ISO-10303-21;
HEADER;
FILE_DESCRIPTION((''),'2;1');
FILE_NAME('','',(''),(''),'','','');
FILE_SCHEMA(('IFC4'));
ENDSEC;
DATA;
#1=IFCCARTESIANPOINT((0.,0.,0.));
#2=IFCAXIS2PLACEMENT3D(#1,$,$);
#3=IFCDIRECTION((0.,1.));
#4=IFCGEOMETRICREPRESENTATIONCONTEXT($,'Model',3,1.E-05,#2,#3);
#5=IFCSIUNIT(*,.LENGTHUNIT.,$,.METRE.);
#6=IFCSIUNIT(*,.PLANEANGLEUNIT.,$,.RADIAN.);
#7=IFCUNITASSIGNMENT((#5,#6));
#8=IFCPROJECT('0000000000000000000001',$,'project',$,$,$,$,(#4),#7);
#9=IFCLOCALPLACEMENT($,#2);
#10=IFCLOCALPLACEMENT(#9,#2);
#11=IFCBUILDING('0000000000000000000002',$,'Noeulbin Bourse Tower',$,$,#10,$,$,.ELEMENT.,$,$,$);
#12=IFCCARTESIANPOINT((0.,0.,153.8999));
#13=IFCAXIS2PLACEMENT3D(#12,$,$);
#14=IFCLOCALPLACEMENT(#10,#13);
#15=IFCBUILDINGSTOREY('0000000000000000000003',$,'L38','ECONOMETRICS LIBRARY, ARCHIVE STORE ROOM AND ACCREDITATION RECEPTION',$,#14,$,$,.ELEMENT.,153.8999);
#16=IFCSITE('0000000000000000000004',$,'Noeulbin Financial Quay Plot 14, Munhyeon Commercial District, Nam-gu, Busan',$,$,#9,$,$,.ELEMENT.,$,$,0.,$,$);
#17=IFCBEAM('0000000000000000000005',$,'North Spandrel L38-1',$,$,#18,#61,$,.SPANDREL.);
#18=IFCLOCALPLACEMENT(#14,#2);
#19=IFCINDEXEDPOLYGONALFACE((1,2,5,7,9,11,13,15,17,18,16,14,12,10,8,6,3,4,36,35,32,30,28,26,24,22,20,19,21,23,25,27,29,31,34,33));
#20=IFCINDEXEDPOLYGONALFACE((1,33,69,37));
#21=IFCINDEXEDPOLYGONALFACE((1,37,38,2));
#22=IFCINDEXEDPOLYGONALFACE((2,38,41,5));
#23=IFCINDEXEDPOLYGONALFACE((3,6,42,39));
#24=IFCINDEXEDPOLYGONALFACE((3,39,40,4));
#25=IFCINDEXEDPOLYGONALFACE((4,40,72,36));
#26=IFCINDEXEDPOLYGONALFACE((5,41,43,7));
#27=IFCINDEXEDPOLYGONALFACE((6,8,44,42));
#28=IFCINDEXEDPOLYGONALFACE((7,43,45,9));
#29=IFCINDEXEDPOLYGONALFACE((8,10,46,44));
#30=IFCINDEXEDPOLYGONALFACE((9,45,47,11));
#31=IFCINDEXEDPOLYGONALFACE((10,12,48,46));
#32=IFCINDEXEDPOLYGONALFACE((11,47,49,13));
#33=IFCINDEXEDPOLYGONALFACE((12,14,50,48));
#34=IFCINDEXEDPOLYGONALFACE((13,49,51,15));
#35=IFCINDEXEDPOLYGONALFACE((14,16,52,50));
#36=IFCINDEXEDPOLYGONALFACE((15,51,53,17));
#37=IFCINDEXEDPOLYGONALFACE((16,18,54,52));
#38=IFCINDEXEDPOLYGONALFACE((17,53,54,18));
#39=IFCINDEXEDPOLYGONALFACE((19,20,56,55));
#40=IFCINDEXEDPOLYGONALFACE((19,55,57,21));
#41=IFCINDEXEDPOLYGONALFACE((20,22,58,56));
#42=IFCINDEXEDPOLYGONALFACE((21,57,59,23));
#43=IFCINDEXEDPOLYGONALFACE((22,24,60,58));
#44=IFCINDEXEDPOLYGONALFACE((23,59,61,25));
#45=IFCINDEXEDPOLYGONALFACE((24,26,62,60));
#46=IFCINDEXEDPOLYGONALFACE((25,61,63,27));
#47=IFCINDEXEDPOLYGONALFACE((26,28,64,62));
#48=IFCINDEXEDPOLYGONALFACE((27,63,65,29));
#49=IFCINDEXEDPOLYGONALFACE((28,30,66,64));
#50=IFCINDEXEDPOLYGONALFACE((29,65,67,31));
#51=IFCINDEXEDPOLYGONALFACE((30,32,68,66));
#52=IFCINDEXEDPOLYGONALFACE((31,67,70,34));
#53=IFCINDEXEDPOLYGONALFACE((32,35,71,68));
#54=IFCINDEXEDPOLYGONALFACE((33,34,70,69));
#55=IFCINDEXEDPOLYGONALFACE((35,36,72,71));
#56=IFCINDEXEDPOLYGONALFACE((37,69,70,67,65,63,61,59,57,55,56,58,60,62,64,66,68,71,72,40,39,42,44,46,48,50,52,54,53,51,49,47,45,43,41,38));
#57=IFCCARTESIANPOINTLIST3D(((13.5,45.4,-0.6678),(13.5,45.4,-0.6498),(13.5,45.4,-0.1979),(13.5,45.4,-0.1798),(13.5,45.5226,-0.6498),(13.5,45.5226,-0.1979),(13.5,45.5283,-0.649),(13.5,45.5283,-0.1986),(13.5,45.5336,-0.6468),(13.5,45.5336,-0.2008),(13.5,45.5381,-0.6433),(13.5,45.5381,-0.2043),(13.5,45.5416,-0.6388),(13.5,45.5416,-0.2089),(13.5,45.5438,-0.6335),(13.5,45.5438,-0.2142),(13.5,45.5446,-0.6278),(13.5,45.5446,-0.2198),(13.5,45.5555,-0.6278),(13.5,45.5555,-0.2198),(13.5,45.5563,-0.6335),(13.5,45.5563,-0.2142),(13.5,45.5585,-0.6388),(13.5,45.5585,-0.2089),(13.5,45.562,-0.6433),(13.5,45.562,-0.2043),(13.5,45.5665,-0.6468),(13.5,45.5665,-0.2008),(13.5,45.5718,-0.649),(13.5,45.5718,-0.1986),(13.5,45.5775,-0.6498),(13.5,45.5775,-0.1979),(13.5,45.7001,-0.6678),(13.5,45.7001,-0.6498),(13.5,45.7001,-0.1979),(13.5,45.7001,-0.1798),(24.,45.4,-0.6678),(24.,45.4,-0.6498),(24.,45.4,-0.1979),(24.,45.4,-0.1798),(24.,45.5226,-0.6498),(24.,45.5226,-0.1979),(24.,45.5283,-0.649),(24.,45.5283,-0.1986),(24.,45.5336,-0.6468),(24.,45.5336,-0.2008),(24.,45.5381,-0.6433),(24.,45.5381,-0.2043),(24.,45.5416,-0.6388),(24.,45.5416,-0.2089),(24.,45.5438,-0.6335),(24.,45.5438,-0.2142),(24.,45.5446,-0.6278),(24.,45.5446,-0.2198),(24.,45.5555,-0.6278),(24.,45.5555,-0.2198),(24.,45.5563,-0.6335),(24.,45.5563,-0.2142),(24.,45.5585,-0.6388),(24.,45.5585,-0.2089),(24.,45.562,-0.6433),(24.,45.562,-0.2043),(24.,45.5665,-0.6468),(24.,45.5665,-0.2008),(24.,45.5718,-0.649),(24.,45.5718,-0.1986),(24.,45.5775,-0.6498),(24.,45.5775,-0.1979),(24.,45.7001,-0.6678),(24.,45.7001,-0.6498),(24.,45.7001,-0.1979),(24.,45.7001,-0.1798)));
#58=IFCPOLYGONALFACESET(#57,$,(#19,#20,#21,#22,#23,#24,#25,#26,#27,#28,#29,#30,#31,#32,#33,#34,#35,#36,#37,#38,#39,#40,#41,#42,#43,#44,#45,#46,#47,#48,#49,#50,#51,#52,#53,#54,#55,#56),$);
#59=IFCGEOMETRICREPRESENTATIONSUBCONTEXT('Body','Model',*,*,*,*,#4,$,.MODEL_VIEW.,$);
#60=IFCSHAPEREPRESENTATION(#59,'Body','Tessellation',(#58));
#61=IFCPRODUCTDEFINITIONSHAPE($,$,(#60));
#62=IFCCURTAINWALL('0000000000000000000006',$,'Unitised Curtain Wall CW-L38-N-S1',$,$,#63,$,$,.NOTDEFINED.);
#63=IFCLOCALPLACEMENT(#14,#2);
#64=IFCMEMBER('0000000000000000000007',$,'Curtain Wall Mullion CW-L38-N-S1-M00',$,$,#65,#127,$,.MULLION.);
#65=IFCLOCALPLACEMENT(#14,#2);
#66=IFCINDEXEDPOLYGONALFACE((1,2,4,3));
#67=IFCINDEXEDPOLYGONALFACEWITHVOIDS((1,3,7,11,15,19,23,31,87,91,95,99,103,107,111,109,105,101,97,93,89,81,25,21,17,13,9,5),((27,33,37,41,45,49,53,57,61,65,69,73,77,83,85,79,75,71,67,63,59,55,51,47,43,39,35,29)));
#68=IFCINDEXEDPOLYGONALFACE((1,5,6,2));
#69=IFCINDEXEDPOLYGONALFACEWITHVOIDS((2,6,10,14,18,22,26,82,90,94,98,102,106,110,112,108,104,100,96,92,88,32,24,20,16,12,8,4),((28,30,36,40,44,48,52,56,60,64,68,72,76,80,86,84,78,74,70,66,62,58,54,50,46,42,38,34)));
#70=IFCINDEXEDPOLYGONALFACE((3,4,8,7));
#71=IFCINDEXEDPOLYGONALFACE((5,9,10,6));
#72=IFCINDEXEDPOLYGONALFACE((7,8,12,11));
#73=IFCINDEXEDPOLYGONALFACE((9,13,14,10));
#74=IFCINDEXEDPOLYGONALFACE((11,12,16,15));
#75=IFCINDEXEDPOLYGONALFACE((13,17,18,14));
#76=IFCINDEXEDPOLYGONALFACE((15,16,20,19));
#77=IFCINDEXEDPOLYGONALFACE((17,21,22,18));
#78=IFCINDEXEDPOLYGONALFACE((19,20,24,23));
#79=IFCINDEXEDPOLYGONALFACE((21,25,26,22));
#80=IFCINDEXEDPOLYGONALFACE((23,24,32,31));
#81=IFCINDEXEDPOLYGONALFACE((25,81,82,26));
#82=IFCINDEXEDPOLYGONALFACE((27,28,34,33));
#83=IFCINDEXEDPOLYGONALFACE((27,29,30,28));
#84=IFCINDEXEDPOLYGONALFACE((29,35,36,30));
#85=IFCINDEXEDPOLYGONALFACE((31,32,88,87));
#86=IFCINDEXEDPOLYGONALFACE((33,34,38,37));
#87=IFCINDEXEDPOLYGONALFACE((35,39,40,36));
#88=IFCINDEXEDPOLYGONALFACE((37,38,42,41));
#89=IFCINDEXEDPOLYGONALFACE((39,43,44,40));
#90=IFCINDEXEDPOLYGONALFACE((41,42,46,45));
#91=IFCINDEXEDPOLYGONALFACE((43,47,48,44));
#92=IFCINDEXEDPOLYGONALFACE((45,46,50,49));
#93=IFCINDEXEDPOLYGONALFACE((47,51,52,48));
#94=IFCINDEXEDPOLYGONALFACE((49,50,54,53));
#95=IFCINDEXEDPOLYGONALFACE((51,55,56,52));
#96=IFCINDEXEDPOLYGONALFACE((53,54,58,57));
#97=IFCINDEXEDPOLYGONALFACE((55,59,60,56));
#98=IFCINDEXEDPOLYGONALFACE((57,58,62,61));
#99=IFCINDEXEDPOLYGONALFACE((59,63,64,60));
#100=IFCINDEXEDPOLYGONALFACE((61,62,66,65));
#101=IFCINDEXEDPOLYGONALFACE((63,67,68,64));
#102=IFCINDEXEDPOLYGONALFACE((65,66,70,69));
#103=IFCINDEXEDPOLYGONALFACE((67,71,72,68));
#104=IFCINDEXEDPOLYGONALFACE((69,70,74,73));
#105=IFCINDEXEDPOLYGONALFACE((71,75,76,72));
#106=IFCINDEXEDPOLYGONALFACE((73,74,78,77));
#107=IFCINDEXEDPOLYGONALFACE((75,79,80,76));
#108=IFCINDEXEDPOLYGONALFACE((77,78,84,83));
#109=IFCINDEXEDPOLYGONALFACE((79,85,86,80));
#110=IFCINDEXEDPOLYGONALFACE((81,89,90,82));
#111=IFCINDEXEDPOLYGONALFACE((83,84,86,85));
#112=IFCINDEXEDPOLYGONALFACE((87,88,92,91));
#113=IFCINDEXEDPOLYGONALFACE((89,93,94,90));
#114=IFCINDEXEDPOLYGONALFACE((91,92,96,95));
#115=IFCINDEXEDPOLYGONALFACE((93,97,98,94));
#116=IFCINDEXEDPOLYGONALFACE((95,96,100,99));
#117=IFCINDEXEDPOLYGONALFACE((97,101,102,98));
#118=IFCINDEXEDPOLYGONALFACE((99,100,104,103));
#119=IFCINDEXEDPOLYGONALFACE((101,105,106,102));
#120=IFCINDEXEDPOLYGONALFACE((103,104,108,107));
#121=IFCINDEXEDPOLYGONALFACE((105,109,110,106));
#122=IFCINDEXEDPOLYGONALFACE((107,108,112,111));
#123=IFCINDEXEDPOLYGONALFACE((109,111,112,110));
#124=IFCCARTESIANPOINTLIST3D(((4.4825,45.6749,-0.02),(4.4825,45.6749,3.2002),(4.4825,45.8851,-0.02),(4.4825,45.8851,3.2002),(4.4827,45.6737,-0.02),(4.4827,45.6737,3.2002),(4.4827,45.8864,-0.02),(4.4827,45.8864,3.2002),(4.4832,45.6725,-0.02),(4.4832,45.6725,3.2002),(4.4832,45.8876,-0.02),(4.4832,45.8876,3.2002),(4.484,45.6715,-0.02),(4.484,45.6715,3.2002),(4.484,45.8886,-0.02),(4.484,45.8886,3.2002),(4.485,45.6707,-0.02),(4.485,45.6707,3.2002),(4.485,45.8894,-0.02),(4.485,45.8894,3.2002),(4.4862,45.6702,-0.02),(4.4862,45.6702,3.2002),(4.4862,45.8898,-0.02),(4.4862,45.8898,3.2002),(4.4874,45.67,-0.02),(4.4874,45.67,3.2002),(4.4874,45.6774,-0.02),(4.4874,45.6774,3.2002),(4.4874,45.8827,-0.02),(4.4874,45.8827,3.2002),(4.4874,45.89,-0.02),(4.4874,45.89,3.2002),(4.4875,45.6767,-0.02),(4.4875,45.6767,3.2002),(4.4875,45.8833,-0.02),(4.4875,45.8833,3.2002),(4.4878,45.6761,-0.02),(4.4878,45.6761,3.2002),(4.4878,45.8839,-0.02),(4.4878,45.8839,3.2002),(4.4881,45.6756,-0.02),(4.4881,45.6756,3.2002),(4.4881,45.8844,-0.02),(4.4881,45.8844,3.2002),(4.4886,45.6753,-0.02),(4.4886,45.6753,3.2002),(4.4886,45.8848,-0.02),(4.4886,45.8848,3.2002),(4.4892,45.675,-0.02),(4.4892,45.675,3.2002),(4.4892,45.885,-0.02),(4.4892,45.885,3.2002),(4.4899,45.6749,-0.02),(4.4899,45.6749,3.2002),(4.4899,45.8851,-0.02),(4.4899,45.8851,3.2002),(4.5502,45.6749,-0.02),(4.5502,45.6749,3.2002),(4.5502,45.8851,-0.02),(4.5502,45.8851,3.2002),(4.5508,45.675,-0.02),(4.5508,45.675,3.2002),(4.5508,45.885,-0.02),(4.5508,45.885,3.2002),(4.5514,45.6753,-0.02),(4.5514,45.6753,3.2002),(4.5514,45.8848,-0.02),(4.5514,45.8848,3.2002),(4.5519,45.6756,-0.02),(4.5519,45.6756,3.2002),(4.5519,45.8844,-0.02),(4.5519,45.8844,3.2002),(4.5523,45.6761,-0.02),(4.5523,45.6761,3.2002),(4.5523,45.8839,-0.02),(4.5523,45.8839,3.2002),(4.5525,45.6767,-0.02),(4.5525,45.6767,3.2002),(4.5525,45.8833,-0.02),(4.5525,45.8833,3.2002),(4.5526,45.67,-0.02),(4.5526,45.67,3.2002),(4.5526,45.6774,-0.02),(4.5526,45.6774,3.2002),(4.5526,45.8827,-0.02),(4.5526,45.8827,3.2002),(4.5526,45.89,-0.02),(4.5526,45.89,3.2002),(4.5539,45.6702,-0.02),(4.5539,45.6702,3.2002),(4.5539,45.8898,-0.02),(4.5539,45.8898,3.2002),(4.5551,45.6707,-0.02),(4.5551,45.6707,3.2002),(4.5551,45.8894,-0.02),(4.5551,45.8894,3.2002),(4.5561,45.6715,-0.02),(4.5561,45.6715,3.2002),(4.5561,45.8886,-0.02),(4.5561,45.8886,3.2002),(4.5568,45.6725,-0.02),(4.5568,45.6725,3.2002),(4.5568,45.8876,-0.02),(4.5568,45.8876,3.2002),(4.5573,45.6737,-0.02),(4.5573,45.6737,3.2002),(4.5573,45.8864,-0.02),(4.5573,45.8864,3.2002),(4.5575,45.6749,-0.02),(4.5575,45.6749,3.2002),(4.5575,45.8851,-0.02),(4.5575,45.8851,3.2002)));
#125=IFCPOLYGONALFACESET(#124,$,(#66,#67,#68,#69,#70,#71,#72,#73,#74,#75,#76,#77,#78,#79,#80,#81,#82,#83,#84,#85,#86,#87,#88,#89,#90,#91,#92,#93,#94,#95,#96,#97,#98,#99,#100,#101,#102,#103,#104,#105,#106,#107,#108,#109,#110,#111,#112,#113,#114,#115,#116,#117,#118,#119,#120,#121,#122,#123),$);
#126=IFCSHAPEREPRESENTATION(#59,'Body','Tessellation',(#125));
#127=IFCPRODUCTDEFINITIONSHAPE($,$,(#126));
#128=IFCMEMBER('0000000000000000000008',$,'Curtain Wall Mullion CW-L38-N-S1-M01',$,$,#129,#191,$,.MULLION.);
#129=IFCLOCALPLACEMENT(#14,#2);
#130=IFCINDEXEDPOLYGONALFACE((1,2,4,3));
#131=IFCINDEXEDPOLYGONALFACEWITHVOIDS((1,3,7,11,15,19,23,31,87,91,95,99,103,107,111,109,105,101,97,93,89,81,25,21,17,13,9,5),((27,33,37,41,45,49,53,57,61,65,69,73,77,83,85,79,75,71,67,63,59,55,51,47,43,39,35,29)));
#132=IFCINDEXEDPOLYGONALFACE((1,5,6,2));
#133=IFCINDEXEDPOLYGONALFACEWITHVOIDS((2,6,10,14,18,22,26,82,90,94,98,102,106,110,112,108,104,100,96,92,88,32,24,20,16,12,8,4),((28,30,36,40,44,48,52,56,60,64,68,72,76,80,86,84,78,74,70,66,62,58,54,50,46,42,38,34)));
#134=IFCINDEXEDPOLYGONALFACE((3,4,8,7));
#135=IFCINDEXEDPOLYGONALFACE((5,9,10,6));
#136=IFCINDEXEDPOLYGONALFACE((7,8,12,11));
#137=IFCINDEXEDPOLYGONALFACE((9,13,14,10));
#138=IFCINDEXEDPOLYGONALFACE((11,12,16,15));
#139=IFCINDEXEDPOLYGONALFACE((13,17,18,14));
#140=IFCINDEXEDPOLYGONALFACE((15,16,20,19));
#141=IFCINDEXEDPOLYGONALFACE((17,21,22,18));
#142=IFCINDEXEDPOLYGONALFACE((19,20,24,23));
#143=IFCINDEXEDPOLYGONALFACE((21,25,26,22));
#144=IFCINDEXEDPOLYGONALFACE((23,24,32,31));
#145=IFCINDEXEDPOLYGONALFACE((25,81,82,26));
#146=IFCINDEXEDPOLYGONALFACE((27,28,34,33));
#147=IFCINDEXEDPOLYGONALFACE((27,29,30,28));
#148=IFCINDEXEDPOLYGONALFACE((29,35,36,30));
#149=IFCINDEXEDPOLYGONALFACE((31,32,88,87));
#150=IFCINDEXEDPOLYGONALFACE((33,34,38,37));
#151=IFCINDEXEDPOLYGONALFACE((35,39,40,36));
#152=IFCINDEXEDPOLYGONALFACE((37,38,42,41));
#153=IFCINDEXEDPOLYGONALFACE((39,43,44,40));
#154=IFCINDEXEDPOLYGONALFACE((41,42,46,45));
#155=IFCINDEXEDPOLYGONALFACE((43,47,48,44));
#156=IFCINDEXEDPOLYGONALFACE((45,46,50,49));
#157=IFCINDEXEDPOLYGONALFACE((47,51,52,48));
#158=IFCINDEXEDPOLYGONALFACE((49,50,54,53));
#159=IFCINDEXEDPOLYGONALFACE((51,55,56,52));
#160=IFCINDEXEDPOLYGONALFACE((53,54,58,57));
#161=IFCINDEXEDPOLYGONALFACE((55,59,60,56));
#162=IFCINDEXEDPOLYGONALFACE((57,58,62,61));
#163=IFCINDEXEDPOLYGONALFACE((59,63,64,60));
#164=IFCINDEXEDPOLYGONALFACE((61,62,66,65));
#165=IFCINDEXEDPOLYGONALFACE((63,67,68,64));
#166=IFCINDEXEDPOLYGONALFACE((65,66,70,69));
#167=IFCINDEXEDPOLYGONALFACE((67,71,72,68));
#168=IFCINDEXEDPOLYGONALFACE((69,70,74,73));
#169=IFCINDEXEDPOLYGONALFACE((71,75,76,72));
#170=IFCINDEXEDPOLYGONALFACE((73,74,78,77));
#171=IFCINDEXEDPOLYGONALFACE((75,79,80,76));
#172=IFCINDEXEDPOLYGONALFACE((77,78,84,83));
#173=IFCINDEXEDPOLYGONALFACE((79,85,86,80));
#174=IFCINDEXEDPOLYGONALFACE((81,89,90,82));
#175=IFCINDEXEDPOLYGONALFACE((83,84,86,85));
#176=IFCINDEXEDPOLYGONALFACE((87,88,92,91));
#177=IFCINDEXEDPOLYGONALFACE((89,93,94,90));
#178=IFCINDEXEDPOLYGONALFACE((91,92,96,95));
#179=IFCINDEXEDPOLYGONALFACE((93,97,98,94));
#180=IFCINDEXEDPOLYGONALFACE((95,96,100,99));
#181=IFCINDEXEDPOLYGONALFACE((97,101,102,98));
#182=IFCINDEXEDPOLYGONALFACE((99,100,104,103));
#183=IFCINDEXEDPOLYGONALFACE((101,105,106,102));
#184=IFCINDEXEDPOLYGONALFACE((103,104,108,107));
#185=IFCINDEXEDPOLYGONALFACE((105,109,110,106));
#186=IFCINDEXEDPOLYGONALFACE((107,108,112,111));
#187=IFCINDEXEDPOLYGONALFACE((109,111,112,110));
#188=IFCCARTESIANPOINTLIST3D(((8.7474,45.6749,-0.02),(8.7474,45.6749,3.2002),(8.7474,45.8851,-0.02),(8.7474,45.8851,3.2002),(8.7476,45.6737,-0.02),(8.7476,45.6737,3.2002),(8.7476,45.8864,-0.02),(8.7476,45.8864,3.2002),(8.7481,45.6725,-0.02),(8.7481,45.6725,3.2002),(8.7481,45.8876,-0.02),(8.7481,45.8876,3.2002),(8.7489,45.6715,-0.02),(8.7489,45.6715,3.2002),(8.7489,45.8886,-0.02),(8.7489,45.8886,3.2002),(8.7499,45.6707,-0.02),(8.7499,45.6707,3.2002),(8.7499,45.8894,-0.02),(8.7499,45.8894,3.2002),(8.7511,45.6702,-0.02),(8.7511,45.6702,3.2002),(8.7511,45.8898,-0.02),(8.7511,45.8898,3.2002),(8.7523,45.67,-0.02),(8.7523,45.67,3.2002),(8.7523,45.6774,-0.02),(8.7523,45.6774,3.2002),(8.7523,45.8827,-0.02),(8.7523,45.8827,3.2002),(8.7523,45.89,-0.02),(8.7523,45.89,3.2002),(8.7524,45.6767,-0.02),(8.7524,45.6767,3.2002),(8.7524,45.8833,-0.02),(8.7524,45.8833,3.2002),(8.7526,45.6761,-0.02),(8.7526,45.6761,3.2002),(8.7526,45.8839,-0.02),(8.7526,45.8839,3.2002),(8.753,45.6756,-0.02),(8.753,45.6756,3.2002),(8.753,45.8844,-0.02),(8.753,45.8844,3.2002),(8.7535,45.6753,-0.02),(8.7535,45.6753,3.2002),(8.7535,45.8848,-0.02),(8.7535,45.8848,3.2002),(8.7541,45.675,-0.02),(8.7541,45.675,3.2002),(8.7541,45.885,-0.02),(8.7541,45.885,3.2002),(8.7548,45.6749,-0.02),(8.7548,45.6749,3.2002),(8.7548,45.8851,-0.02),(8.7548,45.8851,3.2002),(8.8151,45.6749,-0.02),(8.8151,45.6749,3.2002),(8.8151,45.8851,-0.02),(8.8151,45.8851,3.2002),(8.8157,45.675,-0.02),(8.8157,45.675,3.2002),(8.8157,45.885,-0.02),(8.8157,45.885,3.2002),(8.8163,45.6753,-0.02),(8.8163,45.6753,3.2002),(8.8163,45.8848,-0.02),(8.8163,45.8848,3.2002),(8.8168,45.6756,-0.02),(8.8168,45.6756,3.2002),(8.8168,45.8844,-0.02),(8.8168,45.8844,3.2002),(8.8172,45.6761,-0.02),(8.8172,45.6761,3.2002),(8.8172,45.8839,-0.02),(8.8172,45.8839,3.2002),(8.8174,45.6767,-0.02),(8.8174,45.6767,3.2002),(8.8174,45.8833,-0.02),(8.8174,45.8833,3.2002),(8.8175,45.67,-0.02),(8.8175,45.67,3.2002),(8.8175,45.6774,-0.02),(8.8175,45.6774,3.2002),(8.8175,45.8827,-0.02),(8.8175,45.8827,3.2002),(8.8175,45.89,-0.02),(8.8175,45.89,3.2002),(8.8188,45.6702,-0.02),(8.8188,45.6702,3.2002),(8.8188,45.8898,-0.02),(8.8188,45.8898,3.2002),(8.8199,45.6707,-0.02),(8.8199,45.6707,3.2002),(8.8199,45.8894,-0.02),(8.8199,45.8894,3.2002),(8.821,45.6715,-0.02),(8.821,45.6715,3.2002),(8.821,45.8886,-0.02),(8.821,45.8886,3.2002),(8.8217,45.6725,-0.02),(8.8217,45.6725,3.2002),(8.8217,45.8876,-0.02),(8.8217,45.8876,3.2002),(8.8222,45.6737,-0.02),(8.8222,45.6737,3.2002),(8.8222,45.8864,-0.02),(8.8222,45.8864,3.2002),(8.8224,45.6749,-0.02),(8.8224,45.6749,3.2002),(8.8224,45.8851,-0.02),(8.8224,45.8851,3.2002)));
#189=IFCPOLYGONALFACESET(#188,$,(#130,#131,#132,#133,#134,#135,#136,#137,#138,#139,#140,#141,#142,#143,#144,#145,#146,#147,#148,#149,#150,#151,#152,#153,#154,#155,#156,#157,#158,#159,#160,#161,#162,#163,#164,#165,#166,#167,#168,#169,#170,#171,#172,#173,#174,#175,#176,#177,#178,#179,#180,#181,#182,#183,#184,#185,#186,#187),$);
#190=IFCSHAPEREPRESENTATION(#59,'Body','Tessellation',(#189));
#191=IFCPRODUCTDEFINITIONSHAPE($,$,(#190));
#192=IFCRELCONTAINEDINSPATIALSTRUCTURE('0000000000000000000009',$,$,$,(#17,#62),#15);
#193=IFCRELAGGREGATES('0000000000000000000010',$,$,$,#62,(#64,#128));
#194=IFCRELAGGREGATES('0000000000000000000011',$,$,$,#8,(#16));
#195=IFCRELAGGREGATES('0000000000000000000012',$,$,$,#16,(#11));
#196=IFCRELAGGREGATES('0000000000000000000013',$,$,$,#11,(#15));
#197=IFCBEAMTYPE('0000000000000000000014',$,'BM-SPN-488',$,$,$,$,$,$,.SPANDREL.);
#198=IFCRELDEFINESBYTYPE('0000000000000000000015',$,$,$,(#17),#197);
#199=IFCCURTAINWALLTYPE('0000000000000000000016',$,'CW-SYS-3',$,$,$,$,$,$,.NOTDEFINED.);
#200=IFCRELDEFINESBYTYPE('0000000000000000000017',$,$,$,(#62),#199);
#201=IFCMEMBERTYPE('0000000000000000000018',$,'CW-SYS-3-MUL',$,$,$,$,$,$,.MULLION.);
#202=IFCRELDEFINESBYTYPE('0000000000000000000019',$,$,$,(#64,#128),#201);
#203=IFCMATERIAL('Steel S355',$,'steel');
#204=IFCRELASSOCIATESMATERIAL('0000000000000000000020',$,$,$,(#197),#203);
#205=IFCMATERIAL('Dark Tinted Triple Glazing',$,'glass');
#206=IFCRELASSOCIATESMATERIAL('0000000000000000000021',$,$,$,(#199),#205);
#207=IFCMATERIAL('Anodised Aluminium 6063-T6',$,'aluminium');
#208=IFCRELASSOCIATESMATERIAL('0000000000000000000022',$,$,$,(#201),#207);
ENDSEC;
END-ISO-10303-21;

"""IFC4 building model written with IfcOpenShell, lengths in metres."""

from ifc_helpers import new_model, si_unit, direction, frame, origin, origin_2d, place, context, subcontext, project, spatial, hollow_rectangle, i_section, extrude, material, material_profile, profile_set, type_object, element, aggregate, save


model = new_model("IFC4")

# Units and contexts
model_context = context("Model", 3, precision=1e-05, world=origin(), true_north=direction((0.0, 1.0)))
body_context = subcontext(model_context, "Body", "Model", "MODEL_VIEW")
ifc_project = project(units=[si_unit("LENGTHUNIT", "METRE"), si_unit("PLANEANGLEUNIT", "RADIAN")], contexts=[model_context])

# Site, building, storey
site_placement = place(None, origin())
site = spatial("IfcSite", under=ifc_project, at=site_placement, Name="Noeulbin Financial Quay Plot 14, Munhyeon Commercial District, Nam-gu, Busan", CompositionType="ELEMENT", RefElevation=0.0)
building_placement = place(site_placement, origin())
building = spatial("IfcBuilding", under=site, at=building_placement, Name="Noeulbin Bourse Tower", CompositionType="ELEMENT")
storey_placement = place(building_placement, frame((0.0, 0.0, 153.8999)))
storey = spatial("IfcBuildingStorey", under=building, at=storey_placement, Name="L38", Description="ECONOMETRICS LIBRARY, ARCHIVE STORE ROOM AND ACCREDITATION RECEPTION", CompositionType="ELEMENT", Elevation=153.8999)

# Shared definitions
ifc_material_1 = material(Name="Steel S355", Category="steel")

# Beam
ifc_material_profile_1 = material_profile(ifc_material_1, i_section(OverallWidth=0.3, OverallDepth=0.488, WebThickness=0.011, FlangeThickness=0.0181, FilletRadius=0.022, at=origin_2d()), Name="H-488x300x11x18", Category="LoadBearing")
ifc_profile_set_1 = profile_set([ifc_material_profile_1], Name="Steel S355")
beam_type_1 = type_object("IfcBeamType", Name="BM-SPN-488", PredefinedType="SPANDREL", material=ifc_profile_set_1)
beam_1_placement = place(storey_placement, frame((13.5, 45.55, -0.4238), z_axis=(1.0, 0.0, 0.0), x_axis=(0.0, 1.0, 0.0)))
element("IfcBeam", 1, at=beam_1_placement, inside=storey, type_object=beam_type_1, Name="North Spandrel L38-1", PredefinedType="SPANDREL", context=body_context, shape_type="SweptSolid", body=[
    extrude(i_section(OverallWidth=0.3, OverallDepth=0.488, WebThickness=0.011, FlangeThickness=0.0181, FilletRadius=0.022, at=origin_2d()), origin(), (0.0, 0.0, 1.0), 10.5),
])

# Curtain wall, members
ifc_material_2 = material(Name="Dark Tinted Triple Glazing", Category="glass")
curtain_wall_type = type_object("IfcCurtainWallType", Name="CW-SYS-3", PredefinedType="NOTDEFINED", material=ifc_material_2)
curtain_wall_1_placement = place(storey_placement, origin())
curtain_wall_1 = element("IfcCurtainWall", 2, at=curtain_wall_1_placement, inside=storey, type_object=curtain_wall_type, Name="Unitised Curtain Wall CW-L38-N-S1", PredefinedType="NOTDEFINED")
ifc_material_3 = material(Name="Anodised Aluminium 6063-T6", Category="aluminium")
ifc_material_profile_2 = material_profile(ifc_material_3, hollow_rectangle(XDim=0.075, YDim=0.22, WallThickness=0.0049, InnerFilletRadius=0.0024, OuterFilletRadius=0.0049, at=origin_2d()), Name="ALU-MULL-75x220x5", Category="LoadBearing")
ifc_profile_set_2 = profile_set([ifc_material_profile_2], Name="Anodised Aluminium 6063-T6")
member_type_1 = type_object("IfcMemberType", Name="CW-SYS-3-MUL", PredefinedType="MULLION", material=ifc_profile_set_2)
member_1_placement = place(storey_placement, frame((4.52, 45.78, -0.02), z_axis=(0.0, 0.0, 1.0), x_axis=(1.0, 0.0, 0.0)))
member_1 = element("IfcMember", 3, at=member_1_placement, type_object=member_type_1, Name="Curtain Wall Mullion CW-L38-N-S1-M00", PredefinedType="MULLION", context=body_context, shape_type="SweptSolid", body=[
    extrude(hollow_rectangle(XDim=0.075, YDim=0.22, WallThickness=0.0049, InnerFilletRadius=0.0024, OuterFilletRadius=0.0049, at=origin_2d()), origin(), (0.0, 0.0, 1.0), 3.2202),
])
member_2_placement = place(storey_placement, frame((8.7849, 45.78, -0.02), z_axis=(0.0, 0.0, 1.0), x_axis=(1.0, 0.0, 0.0)))
member_2 = element("IfcMember", 4, at=member_2_placement, type_object=member_type_1, Name="Curtain Wall Mullion CW-L38-N-S1-M01", PredefinedType="MULLION", context=body_context, shape_type="SweptSolid", body=[
    extrude(hollow_rectangle(XDim=0.075, YDim=0.22, WallThickness=0.0049, InnerFilletRadius=0.0024, OuterFilletRadius=0.0049, at=origin_2d()), origin(), (0.0, 0.0, 1.0), 3.2202),
])

aggregate(curtain_wall_1, [member_1, member_2])

save(model, "model.ifc")
